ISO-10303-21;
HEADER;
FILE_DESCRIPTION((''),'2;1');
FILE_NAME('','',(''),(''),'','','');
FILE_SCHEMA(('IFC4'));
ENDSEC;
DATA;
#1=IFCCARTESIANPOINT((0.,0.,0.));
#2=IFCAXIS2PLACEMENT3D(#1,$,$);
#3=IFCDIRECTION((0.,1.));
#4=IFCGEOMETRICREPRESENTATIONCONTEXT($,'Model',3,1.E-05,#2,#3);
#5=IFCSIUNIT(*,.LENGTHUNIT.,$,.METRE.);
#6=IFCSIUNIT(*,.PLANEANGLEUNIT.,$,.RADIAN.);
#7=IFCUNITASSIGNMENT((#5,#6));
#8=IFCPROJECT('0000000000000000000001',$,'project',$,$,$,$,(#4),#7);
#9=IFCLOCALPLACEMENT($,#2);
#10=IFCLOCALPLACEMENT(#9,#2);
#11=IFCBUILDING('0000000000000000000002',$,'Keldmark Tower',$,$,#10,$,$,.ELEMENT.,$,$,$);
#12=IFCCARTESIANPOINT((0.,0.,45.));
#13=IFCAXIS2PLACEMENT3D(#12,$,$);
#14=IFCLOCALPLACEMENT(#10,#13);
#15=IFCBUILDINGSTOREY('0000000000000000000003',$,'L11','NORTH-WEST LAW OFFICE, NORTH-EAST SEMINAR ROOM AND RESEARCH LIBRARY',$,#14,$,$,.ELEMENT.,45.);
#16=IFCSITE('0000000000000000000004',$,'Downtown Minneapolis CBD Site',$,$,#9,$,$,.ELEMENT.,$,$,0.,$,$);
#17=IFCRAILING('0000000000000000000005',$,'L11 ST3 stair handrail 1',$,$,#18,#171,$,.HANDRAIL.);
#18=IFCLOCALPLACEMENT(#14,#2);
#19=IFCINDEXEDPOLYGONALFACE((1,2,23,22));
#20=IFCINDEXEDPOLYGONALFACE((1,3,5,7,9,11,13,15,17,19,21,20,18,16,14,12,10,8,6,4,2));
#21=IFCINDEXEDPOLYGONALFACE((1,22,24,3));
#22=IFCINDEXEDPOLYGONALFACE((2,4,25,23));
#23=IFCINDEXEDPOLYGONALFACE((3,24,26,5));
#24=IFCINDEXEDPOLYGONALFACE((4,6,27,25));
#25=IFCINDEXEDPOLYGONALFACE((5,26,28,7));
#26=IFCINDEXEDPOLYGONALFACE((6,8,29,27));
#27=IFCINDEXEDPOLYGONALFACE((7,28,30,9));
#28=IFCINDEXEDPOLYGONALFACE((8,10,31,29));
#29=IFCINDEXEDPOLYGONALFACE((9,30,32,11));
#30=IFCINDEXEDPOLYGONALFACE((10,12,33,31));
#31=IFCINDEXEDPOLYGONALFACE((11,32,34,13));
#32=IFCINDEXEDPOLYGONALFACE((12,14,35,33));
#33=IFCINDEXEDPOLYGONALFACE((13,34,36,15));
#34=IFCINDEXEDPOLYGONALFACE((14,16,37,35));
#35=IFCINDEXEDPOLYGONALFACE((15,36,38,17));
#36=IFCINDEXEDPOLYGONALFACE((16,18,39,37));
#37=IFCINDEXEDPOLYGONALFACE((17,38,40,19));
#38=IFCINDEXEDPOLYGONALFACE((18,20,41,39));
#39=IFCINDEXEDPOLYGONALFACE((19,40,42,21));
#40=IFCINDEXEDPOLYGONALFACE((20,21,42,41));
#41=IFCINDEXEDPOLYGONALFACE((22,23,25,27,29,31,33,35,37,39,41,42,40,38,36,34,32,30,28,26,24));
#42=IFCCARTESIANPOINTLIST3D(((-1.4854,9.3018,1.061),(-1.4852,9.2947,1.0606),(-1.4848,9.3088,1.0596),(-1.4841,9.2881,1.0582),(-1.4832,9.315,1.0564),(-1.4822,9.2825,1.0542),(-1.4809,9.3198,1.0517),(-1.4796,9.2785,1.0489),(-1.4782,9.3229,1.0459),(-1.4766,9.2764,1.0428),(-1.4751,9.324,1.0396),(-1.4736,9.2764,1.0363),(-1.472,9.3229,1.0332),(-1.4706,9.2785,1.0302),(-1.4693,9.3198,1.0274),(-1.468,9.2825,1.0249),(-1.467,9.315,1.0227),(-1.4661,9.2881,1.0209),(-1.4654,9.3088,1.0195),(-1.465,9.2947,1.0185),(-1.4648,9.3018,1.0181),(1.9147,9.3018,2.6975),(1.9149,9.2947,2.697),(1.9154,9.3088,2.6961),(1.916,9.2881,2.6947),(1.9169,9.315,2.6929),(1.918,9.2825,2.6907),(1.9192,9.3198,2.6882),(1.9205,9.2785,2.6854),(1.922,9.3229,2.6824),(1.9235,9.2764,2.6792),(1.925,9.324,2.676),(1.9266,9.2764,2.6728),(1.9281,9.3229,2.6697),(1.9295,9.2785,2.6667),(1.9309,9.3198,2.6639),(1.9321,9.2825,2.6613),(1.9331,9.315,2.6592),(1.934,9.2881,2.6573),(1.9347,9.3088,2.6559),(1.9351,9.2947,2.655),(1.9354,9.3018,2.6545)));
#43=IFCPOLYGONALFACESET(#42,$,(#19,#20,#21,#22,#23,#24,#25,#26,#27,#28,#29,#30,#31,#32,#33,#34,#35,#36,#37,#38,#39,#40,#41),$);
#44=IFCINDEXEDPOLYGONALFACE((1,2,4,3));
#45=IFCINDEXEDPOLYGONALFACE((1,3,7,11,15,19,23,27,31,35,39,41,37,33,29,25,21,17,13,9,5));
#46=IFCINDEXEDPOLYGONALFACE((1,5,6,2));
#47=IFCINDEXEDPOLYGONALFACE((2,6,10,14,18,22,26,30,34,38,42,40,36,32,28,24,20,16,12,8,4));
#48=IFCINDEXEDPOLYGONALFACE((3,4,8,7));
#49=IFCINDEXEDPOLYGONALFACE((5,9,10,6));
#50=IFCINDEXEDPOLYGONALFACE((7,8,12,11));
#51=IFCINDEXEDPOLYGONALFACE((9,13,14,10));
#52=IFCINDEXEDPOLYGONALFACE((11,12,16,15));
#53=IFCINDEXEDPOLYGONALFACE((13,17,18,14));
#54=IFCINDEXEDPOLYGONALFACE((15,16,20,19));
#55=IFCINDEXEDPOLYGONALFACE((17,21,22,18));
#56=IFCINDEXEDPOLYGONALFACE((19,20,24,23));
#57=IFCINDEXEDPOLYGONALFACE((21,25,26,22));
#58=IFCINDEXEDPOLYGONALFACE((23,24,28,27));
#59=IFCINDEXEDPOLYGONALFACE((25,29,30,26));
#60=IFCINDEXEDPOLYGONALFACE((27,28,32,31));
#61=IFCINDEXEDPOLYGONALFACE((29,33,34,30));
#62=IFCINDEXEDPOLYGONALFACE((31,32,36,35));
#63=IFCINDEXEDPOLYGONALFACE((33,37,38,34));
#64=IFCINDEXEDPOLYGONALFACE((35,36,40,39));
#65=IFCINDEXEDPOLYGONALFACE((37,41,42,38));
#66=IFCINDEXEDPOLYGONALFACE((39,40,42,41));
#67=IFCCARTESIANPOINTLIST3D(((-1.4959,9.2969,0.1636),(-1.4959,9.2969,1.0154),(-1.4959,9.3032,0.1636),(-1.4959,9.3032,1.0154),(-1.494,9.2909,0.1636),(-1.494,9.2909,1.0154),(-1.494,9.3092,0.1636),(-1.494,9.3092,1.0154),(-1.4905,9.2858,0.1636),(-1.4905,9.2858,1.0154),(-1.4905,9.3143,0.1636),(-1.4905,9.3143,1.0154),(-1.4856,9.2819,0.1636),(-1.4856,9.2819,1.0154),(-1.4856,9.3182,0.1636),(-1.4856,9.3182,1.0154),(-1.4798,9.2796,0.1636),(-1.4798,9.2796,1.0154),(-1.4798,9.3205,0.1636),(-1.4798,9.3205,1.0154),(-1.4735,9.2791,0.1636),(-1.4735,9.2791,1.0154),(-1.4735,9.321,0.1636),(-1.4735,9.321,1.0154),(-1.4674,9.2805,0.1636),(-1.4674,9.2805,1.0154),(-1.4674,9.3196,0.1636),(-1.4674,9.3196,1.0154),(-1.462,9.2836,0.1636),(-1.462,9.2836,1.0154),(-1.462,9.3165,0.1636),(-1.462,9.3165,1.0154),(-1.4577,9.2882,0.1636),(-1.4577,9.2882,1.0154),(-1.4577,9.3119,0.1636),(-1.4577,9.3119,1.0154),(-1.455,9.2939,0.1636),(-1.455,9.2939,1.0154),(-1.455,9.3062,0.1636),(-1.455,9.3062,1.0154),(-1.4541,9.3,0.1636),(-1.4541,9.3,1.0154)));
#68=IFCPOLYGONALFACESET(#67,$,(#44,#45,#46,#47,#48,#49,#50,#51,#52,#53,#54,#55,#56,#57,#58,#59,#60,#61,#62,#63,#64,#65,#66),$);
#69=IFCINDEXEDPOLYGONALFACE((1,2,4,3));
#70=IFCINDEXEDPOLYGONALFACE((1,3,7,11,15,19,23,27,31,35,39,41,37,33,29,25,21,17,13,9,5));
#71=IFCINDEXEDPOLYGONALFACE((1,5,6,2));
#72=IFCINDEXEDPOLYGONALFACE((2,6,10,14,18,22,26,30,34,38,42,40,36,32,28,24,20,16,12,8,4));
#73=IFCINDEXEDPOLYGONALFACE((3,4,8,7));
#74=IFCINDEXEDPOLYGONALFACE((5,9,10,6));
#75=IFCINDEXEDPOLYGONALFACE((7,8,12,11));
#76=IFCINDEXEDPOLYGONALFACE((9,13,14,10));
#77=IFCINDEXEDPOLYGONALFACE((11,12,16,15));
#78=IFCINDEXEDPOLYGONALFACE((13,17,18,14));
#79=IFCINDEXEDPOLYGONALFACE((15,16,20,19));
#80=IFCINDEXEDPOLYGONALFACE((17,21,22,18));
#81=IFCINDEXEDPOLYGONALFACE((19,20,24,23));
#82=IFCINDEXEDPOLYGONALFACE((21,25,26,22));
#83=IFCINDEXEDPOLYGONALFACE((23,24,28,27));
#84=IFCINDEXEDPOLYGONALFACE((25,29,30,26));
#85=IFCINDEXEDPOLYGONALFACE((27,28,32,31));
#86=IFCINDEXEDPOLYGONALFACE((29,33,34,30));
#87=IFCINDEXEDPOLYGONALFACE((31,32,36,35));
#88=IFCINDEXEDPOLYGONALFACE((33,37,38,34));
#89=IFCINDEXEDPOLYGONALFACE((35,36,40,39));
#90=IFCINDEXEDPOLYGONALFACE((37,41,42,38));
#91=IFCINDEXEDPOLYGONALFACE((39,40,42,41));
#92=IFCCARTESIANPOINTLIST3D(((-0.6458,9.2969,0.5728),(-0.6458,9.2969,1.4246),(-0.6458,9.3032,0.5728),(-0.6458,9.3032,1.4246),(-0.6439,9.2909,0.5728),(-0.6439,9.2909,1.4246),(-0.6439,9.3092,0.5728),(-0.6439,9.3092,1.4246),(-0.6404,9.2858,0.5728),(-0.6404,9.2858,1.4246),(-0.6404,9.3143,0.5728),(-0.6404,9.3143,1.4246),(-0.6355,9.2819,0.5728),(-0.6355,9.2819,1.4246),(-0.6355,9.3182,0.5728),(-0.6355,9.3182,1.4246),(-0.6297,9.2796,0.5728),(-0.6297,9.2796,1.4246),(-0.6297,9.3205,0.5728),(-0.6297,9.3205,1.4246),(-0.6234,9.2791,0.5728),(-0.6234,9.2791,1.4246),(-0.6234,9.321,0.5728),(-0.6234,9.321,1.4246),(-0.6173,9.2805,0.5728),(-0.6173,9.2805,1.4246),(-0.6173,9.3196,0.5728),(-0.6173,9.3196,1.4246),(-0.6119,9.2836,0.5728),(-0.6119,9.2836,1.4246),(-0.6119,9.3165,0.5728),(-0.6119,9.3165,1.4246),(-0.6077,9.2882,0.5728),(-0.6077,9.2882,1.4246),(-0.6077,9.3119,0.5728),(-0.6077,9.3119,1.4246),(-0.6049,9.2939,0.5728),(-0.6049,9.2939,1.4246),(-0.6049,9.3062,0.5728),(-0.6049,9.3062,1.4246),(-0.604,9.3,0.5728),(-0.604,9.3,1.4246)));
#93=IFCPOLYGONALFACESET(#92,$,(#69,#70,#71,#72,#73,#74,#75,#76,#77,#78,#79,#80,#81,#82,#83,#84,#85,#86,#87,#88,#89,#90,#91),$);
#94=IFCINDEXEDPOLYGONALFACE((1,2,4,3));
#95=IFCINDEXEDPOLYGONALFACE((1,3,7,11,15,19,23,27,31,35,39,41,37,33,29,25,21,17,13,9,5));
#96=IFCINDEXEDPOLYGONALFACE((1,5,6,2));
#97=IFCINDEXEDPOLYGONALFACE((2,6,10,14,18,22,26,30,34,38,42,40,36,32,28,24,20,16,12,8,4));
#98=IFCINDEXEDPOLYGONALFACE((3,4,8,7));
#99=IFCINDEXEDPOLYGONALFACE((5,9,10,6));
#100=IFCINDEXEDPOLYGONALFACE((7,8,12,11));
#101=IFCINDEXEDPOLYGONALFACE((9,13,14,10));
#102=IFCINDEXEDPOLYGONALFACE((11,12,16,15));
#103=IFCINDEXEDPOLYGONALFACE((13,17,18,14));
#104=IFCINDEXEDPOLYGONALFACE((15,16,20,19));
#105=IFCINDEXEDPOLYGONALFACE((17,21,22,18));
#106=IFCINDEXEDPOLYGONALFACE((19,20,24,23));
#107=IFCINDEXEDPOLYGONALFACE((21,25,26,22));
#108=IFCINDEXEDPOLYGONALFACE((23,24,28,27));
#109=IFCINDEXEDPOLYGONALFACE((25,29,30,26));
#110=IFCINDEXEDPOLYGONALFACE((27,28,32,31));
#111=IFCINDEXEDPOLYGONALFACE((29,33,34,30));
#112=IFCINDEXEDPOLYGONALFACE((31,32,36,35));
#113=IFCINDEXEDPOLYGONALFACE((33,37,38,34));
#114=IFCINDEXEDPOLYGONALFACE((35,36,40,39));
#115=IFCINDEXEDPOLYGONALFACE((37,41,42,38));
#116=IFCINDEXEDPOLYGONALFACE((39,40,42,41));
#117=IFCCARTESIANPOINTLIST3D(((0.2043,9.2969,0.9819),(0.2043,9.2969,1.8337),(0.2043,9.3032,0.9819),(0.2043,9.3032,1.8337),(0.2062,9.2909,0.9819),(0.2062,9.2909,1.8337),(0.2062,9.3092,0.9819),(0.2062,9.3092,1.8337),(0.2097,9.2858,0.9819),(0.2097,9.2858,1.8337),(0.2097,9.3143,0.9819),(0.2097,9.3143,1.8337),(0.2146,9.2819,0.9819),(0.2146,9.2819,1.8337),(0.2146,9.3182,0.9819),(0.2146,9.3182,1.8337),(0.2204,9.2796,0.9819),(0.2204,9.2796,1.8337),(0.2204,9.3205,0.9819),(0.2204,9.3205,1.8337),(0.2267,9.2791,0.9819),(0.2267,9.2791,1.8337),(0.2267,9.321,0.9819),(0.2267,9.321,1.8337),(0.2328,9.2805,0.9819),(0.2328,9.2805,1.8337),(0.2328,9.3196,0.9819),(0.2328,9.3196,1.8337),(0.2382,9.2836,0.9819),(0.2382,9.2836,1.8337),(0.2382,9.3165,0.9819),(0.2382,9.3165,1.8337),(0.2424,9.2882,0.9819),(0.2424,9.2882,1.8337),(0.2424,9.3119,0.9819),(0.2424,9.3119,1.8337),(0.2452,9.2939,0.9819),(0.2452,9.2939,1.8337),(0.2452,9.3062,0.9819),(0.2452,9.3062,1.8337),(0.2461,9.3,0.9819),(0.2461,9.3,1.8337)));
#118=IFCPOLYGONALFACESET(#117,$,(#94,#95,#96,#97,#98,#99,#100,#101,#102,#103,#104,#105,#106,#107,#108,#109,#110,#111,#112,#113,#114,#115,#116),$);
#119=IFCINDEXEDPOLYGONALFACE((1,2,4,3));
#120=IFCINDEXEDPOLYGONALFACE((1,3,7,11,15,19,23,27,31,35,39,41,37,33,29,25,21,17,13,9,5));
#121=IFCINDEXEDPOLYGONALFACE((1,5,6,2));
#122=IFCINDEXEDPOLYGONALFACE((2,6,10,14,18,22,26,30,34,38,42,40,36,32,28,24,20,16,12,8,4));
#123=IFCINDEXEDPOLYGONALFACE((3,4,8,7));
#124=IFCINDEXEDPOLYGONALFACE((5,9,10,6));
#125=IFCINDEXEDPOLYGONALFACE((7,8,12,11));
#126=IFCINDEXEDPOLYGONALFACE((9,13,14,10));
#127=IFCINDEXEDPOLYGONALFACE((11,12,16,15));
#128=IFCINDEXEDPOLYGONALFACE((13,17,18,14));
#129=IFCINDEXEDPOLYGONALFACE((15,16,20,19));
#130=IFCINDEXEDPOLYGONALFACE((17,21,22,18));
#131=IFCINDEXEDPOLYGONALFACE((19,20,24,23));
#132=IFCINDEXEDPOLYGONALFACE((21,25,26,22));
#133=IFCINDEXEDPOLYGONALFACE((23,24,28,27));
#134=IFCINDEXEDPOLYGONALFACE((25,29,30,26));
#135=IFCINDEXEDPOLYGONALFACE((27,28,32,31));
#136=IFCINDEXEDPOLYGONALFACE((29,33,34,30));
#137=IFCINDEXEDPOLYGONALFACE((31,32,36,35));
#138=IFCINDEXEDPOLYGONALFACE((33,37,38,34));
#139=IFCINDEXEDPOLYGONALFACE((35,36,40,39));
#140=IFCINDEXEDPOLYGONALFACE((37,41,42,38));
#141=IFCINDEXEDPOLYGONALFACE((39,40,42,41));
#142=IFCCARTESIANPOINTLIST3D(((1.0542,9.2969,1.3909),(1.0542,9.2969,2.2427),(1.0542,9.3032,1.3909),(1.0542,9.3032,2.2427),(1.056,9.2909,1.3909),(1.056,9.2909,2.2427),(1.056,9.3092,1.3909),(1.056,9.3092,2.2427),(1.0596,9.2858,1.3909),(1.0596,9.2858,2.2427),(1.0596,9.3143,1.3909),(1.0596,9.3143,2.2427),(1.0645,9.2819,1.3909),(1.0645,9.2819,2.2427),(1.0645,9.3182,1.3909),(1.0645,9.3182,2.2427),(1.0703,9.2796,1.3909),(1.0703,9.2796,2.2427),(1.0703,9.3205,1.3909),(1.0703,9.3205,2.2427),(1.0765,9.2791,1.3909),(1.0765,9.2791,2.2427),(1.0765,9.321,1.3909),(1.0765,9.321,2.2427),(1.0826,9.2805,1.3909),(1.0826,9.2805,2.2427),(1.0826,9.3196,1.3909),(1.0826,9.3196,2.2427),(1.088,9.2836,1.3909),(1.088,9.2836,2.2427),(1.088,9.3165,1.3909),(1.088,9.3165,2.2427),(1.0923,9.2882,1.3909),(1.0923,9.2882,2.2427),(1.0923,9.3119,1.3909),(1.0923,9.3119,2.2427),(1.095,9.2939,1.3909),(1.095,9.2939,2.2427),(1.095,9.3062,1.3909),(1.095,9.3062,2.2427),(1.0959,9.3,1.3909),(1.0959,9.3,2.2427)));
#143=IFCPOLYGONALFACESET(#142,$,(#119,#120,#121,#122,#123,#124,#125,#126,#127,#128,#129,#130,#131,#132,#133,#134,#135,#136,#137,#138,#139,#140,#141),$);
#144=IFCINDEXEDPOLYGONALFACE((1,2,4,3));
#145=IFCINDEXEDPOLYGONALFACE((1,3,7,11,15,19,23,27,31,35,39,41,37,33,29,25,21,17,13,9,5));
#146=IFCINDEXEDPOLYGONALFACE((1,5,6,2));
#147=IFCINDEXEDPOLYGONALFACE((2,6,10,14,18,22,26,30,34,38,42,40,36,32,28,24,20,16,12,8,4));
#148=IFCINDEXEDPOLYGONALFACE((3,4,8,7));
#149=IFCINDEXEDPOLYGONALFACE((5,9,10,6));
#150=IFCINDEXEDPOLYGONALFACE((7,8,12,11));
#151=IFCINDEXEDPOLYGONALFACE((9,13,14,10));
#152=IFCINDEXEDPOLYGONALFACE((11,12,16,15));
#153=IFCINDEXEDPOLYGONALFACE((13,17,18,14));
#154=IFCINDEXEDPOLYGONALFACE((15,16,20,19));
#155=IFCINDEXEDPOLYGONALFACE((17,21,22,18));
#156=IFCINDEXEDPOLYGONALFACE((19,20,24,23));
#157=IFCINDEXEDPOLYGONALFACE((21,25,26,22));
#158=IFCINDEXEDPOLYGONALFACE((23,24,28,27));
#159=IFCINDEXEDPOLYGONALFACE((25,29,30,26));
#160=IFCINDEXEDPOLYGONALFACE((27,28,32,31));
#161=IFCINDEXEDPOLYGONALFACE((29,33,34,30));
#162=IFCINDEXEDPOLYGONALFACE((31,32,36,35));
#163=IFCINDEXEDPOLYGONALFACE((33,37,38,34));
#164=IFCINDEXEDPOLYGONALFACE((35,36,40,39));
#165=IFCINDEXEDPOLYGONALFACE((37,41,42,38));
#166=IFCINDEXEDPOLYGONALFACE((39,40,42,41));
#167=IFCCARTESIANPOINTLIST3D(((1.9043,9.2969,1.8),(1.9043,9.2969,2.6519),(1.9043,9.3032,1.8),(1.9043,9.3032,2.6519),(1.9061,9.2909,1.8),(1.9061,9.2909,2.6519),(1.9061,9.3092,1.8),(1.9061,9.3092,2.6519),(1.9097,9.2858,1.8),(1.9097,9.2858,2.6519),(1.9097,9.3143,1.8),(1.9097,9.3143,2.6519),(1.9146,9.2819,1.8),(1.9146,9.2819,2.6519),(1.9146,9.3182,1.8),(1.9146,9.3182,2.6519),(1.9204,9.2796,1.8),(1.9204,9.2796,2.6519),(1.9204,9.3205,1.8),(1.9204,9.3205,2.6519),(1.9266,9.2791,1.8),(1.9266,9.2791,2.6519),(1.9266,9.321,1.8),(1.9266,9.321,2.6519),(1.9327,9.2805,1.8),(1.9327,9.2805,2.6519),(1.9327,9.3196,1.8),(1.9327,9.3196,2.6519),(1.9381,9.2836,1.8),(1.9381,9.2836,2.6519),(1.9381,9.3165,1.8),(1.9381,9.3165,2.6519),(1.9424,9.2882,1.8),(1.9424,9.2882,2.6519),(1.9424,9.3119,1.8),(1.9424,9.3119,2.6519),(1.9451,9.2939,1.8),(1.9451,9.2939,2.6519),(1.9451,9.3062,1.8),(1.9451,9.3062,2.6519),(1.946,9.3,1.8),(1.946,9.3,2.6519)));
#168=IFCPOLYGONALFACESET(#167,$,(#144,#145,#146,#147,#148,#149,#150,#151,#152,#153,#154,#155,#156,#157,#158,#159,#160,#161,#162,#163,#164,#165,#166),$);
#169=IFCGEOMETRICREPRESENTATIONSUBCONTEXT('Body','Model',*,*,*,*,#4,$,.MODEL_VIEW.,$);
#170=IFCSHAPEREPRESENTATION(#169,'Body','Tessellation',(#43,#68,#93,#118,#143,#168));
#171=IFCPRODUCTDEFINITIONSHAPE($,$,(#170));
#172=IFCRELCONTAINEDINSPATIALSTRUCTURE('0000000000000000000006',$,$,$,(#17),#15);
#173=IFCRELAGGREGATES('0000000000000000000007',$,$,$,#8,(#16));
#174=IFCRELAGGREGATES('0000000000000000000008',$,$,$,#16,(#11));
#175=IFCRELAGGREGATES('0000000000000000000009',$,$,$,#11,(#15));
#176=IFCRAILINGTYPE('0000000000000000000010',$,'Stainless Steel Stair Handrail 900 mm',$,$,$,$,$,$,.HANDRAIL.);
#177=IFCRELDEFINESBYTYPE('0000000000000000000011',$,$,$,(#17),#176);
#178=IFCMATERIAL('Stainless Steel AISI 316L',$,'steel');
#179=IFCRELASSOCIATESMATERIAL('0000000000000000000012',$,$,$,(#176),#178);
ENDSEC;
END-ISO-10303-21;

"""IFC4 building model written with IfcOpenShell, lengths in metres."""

from ifc_helpers import new_model, si_unit, direction, frame, origin, origin_2d, place, context, subcontext, project, spatial, circle, extrude, material, type_object, element, save


model = new_model("IFC4")

# Units and contexts
model_context = context("Model", 3, precision=1e-05, world=origin(), true_north=direction((0.0, 1.0)))
body_context = subcontext(model_context, "Body", "Model", "MODEL_VIEW")
ifc_project = project(units=[si_unit("LENGTHUNIT", "METRE"), si_unit("PLANEANGLEUNIT", "RADIAN")], contexts=[model_context])

# Site, building, storey
site_placement = place(None, origin())
site = spatial("IfcSite", under=ifc_project, at=site_placement, Name="Downtown Minneapolis CBD Site", CompositionType="ELEMENT", RefElevation=0.0)
building_placement = place(site_placement, origin())
building = spatial("IfcBuilding", under=site, at=building_placement, Name="Keldmark Tower", CompositionType="ELEMENT")
storey_placement = place(building_placement, frame((0.0, 0.0, 45.0)))
storey = spatial("IfcBuildingStorey", under=building, at=storey_placement, Name="L11", Description="NORTH-WEST LAW OFFICE, NORTH-EAST SEMINAR ROOM AND RESEARCH LIBRARY", CompositionType="ELEMENT", Elevation=45.0)

# Railing
ifc_material_1 = material(Name="Stainless Steel AISI 316L", Category="steel")
railing_type = type_object("IfcRailingType", Name="Stainless Steel Stair Handrail 900 mm", PredefinedType="HANDRAIL", material=ifc_material_1)
railing_placement = place(storey_placement, frame((-1.4751, 9.3, 0.1636)))
element("IfcRailing", 1, at=railing_placement, inside=storey, type_object=railing_type, Name="L11 ST3 stair handrail 1", PredefinedType="HANDRAIL", context=body_context, shape_type="SweptSolid", body=[
    extrude(circle(Radius=0.0239, at=origin_2d()), frame((0.0, 0.0, 0.876), z_axis=(0.901067, 0.0, 0.433679), x_axis=(0.0, 1.0, 0.0)), (0.0, 0.0, 1.0), 3.7734),
    extrude(circle(Radius=0.021, at=origin_2d()), origin(), (0.0, 0.0, 1.0), 0.8518),
    extrude(circle(Radius=0.021, at=origin_2d()), frame((0.8501, 0.0, 0.4092)), (0.0, 0.0, 1.0), 0.8518),
    extrude(circle(Radius=0.021, at=origin_2d()), frame((1.7002, 0.0, 0.8184)), (0.0, 0.0, 1.0), 0.8518),
    extrude(circle(Radius=0.021, at=origin_2d()), frame((2.55, 0.0, 1.2273)), (0.0, 0.0, 1.0), 0.8518),
    extrude(circle(Radius=0.021, at=origin_2d()), frame((3.4001, 0.0, 1.6365)), (0.0, 0.0, 1.0), 0.8518),
])

save(model, "model.ifc")
